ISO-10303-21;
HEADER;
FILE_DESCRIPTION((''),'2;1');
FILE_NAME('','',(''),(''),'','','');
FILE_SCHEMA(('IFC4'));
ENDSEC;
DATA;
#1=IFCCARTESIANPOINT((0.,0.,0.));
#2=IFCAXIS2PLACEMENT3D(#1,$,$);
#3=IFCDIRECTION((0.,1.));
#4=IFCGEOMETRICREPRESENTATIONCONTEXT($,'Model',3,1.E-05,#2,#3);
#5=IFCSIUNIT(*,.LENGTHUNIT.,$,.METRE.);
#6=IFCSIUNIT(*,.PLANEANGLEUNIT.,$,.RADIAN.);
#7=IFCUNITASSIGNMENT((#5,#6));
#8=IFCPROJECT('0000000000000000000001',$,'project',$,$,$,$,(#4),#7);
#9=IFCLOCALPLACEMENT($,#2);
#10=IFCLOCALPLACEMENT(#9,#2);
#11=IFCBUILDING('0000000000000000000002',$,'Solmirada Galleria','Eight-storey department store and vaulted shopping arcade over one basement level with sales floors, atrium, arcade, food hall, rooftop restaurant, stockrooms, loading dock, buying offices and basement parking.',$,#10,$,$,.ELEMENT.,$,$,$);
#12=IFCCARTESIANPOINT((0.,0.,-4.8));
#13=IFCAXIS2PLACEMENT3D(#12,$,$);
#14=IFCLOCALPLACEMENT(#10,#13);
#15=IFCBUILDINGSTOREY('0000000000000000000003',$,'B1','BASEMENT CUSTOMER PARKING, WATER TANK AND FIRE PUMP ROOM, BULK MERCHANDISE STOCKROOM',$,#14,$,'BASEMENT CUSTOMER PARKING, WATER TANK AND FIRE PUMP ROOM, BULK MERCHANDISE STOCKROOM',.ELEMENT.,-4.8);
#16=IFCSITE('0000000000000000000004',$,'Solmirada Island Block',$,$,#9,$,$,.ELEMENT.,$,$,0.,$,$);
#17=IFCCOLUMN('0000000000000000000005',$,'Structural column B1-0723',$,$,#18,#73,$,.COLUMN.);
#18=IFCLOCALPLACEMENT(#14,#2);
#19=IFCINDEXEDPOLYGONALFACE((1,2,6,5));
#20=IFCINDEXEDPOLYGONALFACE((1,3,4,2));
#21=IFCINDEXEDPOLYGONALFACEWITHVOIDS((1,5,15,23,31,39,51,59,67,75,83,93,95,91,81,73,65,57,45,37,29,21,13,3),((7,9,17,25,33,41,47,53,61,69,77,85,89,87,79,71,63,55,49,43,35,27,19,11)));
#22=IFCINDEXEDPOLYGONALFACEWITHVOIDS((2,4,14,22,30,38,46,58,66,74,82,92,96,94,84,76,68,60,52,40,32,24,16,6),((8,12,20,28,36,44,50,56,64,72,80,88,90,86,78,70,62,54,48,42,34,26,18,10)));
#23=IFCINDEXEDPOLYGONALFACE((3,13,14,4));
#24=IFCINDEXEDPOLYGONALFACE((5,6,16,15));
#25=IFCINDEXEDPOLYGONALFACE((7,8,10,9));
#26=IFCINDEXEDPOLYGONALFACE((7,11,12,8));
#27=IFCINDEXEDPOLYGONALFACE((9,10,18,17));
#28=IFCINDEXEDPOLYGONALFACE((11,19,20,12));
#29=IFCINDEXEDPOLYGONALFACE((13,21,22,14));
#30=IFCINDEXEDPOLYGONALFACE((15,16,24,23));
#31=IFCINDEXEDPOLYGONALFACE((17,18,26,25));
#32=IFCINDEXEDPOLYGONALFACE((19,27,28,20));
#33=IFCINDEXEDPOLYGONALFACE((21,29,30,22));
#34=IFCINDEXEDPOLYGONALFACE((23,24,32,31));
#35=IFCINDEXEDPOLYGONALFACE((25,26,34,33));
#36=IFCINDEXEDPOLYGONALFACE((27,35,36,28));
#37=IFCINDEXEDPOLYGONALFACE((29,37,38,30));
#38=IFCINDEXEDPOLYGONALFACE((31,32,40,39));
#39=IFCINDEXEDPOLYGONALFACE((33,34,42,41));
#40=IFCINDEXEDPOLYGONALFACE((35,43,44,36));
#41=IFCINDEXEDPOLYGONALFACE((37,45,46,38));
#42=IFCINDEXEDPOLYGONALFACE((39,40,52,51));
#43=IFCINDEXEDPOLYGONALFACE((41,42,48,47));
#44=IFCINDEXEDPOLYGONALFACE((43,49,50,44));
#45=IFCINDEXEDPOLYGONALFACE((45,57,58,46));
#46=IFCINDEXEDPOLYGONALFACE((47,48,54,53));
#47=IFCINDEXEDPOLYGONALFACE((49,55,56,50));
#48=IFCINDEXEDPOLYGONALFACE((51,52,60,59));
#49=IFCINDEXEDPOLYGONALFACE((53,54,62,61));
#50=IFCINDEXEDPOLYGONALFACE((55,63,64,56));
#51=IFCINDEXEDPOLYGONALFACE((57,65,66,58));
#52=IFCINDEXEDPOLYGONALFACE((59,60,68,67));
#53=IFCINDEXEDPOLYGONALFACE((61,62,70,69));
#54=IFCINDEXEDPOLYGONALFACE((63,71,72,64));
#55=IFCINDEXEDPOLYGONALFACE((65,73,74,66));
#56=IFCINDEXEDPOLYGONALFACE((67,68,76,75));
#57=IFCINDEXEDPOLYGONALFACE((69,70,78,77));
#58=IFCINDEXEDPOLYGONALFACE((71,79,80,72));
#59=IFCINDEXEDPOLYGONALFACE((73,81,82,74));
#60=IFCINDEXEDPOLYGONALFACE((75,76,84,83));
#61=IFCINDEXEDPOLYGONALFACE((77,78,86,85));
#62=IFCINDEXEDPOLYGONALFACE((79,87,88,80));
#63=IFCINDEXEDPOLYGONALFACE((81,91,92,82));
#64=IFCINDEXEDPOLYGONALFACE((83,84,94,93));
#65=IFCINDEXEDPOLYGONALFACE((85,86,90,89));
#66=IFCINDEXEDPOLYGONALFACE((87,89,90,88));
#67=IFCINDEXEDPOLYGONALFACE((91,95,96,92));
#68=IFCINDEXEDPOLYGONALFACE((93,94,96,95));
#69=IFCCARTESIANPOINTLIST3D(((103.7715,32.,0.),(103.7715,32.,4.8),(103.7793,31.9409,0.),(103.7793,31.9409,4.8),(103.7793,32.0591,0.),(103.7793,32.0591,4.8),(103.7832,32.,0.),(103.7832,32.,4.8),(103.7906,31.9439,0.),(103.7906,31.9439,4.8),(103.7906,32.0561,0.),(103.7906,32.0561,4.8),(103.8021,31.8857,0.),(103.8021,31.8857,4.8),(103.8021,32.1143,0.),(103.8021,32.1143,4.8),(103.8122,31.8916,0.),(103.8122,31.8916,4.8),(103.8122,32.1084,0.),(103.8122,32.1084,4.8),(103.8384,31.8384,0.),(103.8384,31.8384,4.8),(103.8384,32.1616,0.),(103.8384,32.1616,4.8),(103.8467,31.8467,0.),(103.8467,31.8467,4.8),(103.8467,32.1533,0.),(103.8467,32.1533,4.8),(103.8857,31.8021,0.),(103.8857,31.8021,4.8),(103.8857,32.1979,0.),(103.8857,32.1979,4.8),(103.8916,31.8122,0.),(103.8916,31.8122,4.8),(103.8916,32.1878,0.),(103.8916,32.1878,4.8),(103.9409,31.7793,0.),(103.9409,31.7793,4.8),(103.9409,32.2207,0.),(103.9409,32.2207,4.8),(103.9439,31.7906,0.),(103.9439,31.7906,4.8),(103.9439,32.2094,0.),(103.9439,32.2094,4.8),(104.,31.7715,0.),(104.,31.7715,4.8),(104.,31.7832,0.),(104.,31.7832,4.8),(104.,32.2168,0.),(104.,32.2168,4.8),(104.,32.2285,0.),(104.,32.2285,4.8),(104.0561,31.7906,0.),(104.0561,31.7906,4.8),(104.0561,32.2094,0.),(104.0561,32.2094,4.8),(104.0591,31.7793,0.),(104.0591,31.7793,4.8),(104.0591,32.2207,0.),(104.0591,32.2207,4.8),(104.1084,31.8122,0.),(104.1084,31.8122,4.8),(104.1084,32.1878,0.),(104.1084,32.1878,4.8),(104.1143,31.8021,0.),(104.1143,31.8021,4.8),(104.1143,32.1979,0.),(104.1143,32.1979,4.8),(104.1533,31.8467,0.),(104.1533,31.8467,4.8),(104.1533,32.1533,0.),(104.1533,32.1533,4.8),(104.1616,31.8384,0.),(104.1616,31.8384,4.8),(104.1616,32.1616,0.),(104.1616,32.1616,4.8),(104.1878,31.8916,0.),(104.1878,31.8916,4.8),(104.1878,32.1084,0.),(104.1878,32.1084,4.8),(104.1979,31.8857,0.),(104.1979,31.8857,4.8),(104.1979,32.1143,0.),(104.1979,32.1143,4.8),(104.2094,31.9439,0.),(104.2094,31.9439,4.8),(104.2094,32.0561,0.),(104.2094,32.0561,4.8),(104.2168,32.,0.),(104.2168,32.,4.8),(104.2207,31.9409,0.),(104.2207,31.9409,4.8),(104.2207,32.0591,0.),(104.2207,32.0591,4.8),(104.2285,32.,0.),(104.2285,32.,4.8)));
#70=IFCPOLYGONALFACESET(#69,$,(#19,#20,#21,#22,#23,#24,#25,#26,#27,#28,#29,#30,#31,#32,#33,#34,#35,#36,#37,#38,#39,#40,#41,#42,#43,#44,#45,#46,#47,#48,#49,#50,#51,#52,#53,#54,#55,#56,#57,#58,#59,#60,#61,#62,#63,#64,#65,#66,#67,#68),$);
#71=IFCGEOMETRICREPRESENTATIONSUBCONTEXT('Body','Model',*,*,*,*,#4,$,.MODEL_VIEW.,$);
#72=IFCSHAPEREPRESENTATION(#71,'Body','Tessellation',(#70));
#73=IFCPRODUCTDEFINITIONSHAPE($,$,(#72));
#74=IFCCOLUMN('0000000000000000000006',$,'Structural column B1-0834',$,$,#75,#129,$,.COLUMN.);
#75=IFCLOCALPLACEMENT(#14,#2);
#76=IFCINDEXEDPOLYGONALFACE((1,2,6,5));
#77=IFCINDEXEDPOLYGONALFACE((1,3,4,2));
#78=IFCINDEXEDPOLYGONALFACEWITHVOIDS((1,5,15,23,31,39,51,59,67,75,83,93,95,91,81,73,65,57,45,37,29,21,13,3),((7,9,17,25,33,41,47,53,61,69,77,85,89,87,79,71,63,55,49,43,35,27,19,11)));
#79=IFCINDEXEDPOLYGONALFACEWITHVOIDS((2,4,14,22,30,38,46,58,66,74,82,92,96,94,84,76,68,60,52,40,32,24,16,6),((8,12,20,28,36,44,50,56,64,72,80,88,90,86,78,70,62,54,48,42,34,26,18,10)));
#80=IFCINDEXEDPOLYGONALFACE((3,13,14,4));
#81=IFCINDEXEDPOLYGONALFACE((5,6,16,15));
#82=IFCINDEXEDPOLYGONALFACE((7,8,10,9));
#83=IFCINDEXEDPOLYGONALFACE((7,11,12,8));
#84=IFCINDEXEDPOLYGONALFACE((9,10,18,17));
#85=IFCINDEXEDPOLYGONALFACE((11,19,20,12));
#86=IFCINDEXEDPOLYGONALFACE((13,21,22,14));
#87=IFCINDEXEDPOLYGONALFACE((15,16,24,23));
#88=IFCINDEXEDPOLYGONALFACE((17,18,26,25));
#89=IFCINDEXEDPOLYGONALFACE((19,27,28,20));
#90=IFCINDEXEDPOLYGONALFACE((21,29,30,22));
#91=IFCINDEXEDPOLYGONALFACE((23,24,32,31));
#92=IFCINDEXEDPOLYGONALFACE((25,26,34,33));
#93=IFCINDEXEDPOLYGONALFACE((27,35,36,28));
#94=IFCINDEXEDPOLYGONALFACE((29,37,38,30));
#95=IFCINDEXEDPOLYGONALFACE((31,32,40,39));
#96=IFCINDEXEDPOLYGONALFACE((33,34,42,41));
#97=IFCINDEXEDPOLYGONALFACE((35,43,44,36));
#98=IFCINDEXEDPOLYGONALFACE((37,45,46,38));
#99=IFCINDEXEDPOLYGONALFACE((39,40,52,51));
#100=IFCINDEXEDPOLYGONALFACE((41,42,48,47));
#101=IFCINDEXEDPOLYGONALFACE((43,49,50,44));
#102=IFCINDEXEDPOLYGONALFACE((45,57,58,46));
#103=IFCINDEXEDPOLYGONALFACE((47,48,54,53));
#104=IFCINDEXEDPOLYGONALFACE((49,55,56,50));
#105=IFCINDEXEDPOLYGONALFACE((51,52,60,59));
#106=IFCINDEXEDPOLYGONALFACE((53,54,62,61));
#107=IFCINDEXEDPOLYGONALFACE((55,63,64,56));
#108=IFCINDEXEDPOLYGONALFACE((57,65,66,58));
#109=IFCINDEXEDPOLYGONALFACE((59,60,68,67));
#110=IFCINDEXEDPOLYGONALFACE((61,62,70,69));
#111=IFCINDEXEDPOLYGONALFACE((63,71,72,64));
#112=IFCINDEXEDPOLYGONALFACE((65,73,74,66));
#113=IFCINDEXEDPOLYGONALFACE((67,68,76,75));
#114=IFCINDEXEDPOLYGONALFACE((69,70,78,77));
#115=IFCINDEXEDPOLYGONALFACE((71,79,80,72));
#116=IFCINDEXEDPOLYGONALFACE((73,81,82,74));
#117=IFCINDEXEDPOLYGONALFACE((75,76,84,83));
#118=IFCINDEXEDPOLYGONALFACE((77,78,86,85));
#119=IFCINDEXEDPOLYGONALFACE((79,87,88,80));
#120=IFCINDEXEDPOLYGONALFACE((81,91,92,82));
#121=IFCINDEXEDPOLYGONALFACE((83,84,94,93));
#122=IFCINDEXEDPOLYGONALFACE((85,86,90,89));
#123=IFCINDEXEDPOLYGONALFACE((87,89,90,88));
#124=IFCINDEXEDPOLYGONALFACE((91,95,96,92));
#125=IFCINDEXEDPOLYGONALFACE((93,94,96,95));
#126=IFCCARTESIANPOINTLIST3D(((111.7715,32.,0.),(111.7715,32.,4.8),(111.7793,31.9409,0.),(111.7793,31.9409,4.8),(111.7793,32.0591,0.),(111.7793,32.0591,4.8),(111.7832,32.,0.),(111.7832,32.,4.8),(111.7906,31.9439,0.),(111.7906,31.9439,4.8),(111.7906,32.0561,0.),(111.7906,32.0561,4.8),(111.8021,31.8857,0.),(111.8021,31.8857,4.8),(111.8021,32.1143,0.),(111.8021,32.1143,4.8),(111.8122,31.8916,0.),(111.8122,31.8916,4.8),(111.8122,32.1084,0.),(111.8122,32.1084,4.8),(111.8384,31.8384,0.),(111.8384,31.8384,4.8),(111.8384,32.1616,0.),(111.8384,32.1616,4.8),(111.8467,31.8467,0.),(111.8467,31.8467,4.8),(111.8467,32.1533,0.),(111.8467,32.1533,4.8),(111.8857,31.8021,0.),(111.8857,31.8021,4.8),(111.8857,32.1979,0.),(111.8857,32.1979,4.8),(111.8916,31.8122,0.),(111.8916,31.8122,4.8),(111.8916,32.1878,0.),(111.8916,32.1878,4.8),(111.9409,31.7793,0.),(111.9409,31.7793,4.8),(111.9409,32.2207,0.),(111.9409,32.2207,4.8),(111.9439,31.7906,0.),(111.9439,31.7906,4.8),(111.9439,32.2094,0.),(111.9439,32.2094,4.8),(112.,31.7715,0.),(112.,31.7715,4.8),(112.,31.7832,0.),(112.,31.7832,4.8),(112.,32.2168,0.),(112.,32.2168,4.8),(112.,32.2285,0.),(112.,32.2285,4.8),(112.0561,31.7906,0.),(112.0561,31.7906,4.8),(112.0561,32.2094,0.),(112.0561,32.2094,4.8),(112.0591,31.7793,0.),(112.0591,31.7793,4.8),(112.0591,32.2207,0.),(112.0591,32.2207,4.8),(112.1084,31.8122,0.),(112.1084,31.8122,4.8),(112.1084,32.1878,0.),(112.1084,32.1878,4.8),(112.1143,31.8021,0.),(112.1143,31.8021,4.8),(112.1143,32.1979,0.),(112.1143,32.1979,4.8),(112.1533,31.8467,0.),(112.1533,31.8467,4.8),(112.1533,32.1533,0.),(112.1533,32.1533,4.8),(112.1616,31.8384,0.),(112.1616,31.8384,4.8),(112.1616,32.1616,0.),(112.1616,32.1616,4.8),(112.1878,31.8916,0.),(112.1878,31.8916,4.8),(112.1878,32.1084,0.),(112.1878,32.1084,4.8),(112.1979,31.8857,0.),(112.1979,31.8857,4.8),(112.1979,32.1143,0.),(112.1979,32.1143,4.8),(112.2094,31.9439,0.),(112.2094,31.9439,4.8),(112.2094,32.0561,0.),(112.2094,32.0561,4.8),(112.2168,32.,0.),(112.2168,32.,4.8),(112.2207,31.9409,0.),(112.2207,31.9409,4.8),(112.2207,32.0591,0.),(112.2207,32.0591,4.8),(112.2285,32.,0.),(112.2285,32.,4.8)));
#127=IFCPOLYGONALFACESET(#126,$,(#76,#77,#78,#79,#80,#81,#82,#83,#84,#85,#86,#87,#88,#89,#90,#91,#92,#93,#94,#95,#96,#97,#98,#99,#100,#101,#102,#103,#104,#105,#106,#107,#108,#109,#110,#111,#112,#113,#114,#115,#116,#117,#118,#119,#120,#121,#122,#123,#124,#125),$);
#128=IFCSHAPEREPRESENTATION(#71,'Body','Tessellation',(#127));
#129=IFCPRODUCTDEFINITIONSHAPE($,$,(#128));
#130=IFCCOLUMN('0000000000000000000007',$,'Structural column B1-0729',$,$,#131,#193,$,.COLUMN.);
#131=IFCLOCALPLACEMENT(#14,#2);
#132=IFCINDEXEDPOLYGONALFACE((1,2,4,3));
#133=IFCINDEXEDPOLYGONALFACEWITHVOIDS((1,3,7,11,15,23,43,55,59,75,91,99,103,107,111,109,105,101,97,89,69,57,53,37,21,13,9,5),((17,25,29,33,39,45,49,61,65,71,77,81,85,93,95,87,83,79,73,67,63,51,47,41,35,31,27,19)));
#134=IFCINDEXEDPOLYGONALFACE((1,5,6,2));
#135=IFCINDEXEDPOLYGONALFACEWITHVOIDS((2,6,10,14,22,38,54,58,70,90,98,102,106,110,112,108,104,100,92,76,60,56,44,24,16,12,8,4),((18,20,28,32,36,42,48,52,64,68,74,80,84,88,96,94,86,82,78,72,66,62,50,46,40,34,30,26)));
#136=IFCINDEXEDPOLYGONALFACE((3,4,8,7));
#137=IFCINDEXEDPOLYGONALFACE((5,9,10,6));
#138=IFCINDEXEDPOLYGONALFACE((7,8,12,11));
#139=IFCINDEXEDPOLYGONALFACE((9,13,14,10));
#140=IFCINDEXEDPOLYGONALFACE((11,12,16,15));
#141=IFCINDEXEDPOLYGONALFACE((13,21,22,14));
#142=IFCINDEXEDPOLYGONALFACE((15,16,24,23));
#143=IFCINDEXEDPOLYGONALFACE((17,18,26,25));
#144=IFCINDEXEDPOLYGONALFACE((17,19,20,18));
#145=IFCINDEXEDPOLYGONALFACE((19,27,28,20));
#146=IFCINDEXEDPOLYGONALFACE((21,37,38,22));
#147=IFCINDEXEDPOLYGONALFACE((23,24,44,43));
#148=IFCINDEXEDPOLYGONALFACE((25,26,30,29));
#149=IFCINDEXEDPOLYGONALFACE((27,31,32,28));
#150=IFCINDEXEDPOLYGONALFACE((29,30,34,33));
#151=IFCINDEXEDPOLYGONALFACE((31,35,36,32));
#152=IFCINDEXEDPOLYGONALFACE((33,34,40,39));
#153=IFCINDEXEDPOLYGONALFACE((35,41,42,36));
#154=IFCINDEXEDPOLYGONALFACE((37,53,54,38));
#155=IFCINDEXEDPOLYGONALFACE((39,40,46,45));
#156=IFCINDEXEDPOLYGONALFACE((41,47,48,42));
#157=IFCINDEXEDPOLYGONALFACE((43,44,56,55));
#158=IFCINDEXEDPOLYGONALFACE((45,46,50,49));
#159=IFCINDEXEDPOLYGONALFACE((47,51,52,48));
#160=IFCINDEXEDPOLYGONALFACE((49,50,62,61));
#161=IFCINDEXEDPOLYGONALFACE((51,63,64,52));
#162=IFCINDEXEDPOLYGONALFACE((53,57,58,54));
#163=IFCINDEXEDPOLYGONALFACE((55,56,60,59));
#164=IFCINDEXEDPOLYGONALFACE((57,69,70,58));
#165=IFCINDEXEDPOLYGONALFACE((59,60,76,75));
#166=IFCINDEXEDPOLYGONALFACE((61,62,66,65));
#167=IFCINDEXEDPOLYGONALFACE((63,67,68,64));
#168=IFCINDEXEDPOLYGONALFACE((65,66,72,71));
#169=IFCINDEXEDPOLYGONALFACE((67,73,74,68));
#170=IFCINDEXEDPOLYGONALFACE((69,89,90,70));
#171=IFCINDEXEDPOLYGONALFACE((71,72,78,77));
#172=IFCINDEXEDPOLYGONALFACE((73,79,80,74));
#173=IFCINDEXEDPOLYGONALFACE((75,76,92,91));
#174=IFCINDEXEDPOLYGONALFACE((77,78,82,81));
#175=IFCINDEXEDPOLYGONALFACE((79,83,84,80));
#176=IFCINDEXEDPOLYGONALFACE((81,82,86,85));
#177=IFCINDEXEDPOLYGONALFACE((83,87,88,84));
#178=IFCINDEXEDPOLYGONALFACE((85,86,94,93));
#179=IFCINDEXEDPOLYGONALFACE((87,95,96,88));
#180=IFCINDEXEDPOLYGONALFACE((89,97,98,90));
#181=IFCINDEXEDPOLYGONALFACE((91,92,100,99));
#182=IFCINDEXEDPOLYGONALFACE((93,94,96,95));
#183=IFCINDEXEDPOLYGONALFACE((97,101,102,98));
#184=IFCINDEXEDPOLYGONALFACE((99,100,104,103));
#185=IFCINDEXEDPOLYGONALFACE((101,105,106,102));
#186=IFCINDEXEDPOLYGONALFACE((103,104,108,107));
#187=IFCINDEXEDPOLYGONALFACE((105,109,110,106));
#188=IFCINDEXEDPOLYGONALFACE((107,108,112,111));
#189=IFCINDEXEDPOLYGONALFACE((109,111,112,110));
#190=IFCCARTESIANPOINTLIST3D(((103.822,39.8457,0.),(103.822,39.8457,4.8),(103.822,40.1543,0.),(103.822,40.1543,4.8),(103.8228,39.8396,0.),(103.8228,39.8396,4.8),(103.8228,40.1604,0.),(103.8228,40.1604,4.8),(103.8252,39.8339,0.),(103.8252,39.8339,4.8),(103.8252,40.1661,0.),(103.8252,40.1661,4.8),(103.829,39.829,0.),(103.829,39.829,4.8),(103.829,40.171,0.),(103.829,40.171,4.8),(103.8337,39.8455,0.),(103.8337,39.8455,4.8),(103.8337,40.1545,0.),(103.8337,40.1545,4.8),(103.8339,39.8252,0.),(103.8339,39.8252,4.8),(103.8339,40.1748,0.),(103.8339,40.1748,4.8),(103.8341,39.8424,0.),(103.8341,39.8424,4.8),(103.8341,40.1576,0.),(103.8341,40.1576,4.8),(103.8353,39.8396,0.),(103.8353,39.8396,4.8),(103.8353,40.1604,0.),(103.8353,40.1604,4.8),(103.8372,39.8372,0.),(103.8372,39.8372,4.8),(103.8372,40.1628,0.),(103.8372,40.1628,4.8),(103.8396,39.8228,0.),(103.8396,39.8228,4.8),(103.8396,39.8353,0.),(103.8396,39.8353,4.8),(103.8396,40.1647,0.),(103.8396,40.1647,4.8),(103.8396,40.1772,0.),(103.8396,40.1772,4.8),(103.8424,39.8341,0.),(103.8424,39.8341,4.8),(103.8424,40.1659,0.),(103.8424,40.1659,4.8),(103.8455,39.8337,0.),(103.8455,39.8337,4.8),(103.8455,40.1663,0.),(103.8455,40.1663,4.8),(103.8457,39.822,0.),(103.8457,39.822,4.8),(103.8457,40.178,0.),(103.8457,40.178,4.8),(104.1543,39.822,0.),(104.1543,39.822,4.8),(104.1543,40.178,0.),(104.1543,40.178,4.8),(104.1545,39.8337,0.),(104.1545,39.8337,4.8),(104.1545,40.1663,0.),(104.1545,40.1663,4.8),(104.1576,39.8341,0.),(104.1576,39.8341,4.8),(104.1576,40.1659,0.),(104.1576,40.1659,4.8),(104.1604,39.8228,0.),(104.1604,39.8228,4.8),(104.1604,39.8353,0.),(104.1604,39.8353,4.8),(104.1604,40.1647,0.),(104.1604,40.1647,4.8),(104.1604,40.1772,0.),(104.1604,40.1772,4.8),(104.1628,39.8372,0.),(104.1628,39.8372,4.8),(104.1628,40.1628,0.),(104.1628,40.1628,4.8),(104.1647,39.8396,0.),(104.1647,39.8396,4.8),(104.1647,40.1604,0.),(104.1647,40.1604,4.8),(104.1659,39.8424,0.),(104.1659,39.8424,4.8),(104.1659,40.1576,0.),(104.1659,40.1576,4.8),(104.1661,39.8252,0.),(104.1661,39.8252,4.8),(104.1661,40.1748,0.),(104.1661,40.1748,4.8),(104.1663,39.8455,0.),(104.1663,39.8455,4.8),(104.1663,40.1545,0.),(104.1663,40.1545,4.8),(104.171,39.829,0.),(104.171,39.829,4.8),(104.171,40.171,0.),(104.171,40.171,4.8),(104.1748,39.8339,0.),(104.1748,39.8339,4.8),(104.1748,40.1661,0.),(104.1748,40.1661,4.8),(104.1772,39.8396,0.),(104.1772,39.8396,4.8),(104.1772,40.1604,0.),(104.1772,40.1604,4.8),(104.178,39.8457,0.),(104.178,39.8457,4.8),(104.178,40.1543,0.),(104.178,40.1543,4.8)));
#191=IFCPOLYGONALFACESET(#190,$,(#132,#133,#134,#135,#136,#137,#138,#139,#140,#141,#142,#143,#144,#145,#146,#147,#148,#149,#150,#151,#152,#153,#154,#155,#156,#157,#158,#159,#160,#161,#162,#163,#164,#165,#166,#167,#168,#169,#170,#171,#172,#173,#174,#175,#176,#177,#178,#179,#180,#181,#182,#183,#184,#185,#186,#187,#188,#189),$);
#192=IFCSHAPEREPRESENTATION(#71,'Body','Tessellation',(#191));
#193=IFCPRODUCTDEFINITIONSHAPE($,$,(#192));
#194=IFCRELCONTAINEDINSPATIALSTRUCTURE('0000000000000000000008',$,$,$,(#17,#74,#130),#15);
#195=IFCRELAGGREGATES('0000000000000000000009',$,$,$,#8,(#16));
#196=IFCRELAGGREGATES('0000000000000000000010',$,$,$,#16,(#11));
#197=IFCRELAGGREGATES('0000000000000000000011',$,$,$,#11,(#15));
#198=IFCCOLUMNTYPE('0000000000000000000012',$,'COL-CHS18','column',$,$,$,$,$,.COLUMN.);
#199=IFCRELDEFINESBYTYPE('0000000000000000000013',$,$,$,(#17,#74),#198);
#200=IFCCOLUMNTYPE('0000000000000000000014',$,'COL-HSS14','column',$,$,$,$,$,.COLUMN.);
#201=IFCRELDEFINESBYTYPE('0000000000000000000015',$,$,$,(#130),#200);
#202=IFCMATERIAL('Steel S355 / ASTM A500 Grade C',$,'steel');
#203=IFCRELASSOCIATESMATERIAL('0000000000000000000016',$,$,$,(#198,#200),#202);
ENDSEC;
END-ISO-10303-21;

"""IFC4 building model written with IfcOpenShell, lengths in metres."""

from ifc_helpers import new_model, si_unit, direction, frame, origin, origin_2d, place, context, subcontext, project, spatial, hollow_rectangle, hollow_circle, extrude, material, material_profile, profile_set, type_object, element, save


model = new_model("IFC4")

# Units and contexts
model_context = context("Model", 3, precision=1e-05, world=origin(), true_north=direction((0.0, 1.0)))
body_context = subcontext(model_context, "Body", "Model", "MODEL_VIEW")
ifc_project = project(units=[si_unit("LENGTHUNIT", "METRE"), si_unit("PLANEANGLEUNIT", "RADIAN")], contexts=[model_context])

# Site, building, storey
site_placement = place(None, origin())
site = spatial("IfcSite", under=ifc_project, at=site_placement, Name="Solmirada Island Block", CompositionType="ELEMENT", RefElevation=0.0)
building_placement = place(site_placement, origin())
building = spatial("IfcBuilding", under=site, at=building_placement, Name="Solmirada Galleria", Description="Eight-storey department store and vaulted shopping arcade over one basement level with sales floors, atrium, arcade, food hall, rooftop restaurant, stockrooms, loading dock, buying offices and basement parking.", CompositionType="ELEMENT")
storey_placement = place(building_placement, frame((0.0, 0.0, -4.8)))
storey = spatial("IfcBuildingStorey", under=building, at=storey_placement, Name="B1", Description="BASEMENT CUSTOMER PARKING, WATER TANK AND FIRE PUMP ROOM, BULK MERCHANDISE STOCKROOM", LongName="BASEMENT CUSTOMER PARKING, WATER TANK AND FIRE PUMP ROOM, BULK MERCHANDISE STOCKROOM", CompositionType="ELEMENT", Elevation=-4.8)

# Columns
ifc_material_1 = material(Name="Steel S355 / ASTM A500 Grade C", Category="steel")
ifc_material_profile_1 = material_profile(ifc_material_1, hollow_circle(Radius=0.2285, WallThickness=0.0117, at=origin_2d()), Name="HSS18.000X0.500")
ifc_profile_set_1 = profile_set([ifc_material_profile_1], Name="Steel S355 / ASTM A500 Grade C")
column_type_1 = type_object("IfcColumnType", Name="COL-CHS18", Description="column", PredefinedType="COLUMN", material=ifc_profile_set_1)
for number, where, z_axis, x_axis, name in (
    (1, (104.0, 32.0, 0.0), (0.0, 0.0, 1.0), (1.0, 0.0, 0.0), "Structural column B1-0723"),
    (2, (112.0, 32.0, 0.0), (0.0, 0.0, 1.0), (1.0, 0.0, 0.0), "Structural column B1-0834"),
):
    element("IfcColumn", number, at=place(storey_placement, frame(where, z_axis=z_axis, x_axis=x_axis)), inside=storey, type_object=column_type_1, Name=name, PredefinedType="COLUMN", context=body_context, shape_type="SweptSolid", body=[
        extrude(hollow_circle(Radius=0.2285, WallThickness=0.0117, at=origin_2d()), origin(), (0.0, 0.0, 1.0), 4.8),
    ])
ifc_material_profile_2 = material_profile(ifc_material_1, hollow_rectangle(XDim=0.356, YDim=0.356, WallThickness=0.0117, InnerFilletRadius=0.0117, OuterFilletRadius=0.0237, at=origin_2d()), Name="HSS14X14X1/2")
ifc_profile_set_2 = profile_set([ifc_material_profile_2], Name="Steel S355 / ASTM A500 Grade C")
column_type_2 = type_object("IfcColumnType", Name="COL-HSS14", Description="column", PredefinedType="COLUMN", material=ifc_profile_set_2)
for number, where, z_axis, x_axis, name in (
    (3, (104.0, 40.0, 0.0), (0.0, 0.0, 1.0), (1.0, 0.0, 0.0), "Structural column B1-0729"),
):
    element("IfcColumn", number, at=place(storey_placement, frame(where, z_axis=z_axis, x_axis=x_axis)), inside=storey, type_object=column_type_2, Name=name, PredefinedType="COLUMN", context=body_context, shape_type="SweptSolid", body=[
        extrude(hollow_rectangle(XDim=0.356, YDim=0.356, WallThickness=0.0117, InnerFilletRadius=0.0117, OuterFilletRadius=0.0237, at=origin_2d()), origin(), (0.0, 0.0, 1.0), 4.8),
    ])

save(model, "model.ifc")
